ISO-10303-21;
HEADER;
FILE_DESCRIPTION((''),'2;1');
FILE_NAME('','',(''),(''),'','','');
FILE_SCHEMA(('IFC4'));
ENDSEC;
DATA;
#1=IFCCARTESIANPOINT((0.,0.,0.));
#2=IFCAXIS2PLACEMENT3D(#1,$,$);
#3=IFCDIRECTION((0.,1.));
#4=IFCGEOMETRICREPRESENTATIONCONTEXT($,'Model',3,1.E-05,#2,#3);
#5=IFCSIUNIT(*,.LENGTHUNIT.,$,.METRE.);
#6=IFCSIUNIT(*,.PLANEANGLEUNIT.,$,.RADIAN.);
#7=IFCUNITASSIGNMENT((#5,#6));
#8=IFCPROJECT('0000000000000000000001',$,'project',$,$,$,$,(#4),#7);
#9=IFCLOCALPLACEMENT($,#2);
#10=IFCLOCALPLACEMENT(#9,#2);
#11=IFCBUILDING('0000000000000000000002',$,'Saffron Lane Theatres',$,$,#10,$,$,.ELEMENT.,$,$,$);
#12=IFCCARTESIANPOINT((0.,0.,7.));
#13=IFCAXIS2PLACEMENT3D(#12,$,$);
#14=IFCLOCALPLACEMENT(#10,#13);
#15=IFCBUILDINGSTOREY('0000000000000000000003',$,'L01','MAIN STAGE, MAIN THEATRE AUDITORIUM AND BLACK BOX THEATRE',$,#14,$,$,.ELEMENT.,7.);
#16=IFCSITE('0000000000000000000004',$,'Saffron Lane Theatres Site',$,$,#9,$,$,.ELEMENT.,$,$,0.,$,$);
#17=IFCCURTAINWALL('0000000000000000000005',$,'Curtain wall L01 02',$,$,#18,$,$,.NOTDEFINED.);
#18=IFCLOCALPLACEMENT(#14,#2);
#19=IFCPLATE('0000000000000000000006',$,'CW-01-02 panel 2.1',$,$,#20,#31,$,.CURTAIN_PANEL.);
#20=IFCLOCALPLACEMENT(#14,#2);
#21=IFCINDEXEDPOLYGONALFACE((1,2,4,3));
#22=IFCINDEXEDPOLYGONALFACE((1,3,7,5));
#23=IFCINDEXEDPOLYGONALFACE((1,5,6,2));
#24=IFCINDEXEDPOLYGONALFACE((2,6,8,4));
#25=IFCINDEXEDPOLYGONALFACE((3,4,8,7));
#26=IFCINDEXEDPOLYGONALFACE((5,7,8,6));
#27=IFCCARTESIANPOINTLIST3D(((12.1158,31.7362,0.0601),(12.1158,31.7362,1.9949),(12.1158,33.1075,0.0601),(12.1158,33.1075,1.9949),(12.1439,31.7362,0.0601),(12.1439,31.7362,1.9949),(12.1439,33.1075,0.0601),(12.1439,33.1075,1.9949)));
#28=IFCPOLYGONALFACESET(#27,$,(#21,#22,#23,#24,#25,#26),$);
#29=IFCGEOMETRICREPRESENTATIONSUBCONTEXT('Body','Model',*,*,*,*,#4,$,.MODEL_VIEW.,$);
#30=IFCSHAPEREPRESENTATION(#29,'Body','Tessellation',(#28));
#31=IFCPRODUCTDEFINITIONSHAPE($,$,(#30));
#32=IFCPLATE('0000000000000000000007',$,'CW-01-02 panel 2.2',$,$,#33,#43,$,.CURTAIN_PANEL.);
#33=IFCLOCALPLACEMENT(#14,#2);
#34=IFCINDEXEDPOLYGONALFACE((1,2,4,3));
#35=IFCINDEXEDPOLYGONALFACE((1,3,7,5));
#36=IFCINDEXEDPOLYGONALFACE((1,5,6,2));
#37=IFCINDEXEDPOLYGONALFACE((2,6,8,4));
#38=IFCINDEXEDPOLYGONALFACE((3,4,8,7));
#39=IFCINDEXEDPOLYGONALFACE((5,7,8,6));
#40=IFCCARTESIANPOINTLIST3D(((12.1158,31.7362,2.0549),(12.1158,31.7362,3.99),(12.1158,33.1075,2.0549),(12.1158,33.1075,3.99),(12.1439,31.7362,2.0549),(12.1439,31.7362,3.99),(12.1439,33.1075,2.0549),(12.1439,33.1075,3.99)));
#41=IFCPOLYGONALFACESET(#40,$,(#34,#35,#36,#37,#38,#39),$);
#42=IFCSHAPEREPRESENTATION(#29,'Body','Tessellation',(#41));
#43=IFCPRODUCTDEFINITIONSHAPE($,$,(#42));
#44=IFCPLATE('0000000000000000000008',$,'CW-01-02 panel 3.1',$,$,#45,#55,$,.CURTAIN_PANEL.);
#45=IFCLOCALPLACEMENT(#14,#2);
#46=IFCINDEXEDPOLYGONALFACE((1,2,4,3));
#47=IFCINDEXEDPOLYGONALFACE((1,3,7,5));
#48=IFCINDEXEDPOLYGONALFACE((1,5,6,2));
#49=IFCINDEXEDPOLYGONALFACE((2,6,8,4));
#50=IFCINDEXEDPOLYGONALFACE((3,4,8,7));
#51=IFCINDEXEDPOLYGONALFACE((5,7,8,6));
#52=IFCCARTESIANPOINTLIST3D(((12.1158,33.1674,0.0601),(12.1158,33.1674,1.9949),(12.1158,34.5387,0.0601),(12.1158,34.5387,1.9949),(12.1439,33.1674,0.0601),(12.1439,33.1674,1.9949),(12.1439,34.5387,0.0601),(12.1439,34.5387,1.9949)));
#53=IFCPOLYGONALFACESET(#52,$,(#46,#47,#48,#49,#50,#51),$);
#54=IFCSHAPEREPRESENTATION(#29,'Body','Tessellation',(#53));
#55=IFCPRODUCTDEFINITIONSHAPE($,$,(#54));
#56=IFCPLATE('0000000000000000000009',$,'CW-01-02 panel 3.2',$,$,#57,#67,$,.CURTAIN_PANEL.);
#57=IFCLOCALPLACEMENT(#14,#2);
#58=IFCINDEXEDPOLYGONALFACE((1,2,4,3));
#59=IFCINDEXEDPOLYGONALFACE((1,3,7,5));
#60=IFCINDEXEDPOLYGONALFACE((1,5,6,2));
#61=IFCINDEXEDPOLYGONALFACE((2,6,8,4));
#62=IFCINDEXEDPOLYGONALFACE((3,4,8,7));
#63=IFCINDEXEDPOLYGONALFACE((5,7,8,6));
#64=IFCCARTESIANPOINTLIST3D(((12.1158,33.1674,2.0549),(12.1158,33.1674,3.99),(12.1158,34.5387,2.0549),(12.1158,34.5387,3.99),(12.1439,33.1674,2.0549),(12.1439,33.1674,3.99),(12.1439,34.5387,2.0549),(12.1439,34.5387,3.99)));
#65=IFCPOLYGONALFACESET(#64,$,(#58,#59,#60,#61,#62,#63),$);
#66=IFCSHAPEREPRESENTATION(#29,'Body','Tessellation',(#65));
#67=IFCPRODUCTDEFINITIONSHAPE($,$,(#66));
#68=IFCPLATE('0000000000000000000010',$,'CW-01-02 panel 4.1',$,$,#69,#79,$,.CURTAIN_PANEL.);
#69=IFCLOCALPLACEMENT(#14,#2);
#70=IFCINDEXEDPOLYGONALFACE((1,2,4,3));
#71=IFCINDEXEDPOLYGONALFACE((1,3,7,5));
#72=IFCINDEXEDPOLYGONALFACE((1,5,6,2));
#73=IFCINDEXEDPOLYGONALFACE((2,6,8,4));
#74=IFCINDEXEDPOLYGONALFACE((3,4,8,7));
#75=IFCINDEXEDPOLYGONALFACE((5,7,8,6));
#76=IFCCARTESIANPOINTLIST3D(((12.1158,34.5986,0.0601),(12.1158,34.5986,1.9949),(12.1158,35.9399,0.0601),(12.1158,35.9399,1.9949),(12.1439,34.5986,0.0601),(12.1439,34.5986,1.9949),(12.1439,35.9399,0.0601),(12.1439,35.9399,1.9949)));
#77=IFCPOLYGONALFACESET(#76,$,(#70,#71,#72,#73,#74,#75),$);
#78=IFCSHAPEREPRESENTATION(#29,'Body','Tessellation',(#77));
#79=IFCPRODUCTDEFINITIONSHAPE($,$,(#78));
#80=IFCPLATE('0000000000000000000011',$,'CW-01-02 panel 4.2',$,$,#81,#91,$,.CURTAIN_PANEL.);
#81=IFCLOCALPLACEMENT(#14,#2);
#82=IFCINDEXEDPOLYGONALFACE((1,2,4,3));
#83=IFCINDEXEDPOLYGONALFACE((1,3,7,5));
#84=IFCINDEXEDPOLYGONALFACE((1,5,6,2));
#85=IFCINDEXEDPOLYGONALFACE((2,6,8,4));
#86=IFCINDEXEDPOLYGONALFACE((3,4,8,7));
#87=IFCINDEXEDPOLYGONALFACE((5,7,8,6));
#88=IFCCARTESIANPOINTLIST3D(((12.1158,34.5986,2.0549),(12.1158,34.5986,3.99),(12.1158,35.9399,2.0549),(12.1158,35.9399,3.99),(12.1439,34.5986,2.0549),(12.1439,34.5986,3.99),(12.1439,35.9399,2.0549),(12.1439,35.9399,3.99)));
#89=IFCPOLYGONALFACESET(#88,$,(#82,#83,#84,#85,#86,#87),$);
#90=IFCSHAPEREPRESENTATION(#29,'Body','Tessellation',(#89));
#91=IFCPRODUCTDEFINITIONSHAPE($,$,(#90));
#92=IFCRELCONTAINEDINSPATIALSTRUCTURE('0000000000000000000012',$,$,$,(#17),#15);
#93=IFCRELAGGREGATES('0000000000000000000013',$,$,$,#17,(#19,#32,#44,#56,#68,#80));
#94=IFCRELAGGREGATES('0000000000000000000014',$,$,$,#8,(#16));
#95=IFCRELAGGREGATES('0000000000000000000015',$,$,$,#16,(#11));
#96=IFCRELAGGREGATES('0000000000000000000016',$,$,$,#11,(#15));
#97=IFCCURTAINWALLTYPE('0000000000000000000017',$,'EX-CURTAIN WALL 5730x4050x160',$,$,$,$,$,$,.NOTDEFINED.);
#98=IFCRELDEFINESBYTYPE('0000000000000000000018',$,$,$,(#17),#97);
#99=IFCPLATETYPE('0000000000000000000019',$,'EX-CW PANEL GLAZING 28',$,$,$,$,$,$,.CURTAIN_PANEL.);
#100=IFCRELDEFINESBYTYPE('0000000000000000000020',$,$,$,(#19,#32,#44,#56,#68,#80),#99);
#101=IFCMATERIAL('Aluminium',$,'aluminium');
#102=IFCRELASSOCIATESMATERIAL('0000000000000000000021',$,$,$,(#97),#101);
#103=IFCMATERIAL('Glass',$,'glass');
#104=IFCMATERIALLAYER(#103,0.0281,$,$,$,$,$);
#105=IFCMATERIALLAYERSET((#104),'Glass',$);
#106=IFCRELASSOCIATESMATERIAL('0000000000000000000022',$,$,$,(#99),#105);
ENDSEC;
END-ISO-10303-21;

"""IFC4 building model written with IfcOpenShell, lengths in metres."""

from ifc_helpers import new_model, si_unit, direction, frame, origin, origin_2d, place, context, subcontext, project, spatial, rectangle, extrude, material, layer, layer_set, type_object, element, aggregate, save


model = new_model("IFC4")

# Units and contexts
model_context = context("Model", 3, precision=1e-05, world=origin(), true_north=direction((0.0, 1.0)))
body_context = subcontext(model_context, "Body", "Model", "MODEL_VIEW")
ifc_project = project(units=[si_unit("LENGTHUNIT", "METRE"), si_unit("PLANEANGLEUNIT", "RADIAN")], contexts=[model_context])

# Site, building, storey
site_placement = place(None, origin())
site = spatial("IfcSite", under=ifc_project, at=site_placement, Name="Saffron Lane Theatres Site", CompositionType="ELEMENT", RefElevation=0.0)
building_placement = place(site_placement, origin())
building = spatial("IfcBuilding", under=site, at=building_placement, Name="Saffron Lane Theatres", CompositionType="ELEMENT")
storey_placement = place(building_placement, frame((0.0, 0.0, 7.0)))
storey = spatial("IfcBuildingStorey", under=building, at=storey_placement, Name="L01", Description="MAIN STAGE, MAIN THEATRE AUDITORIUM AND BLACK BOX THEATRE", CompositionType="ELEMENT", Elevation=7.0)

# Curtain wall, plates
ifc_material_1 = material(Name="Aluminium", Category="aluminium")
curtain_wall_type = type_object("IfcCurtainWallType", Name="EX-CURTAIN WALL 5730x4050x160", PredefinedType="NOTDEFINED", material=ifc_material_1)
curtain_wall_placement = place(storey_placement, origin())
curtain_wall = element("IfcCurtainWall", 1, at=curtain_wall_placement, inside=storey, type_object=curtain_wall_type, Name="Curtain wall L01 02", PredefinedType="NOTDEFINED")
ifc_material_2 = material(Name="Glass", Category="glass")
ifc_layer = layer(ifc_material_2, 0.0281)
ifc_layer_set = layer_set([ifc_layer], Name="Glass")
plate_type = type_object("IfcPlateType", Name="EX-CW PANEL GLAZING 28", PredefinedType="CURTAIN_PANEL", material=ifc_layer_set)
plate_1_placement = place(storey_placement, frame((12.1299, 32.4219, 0.0601), z_axis=(0.0, 0.0, 1.0), x_axis=(0.0, 1.0, 0.0)))
plate_1 = element("IfcPlate", 2, at=plate_1_placement, type_object=plate_type, Name="CW-01-02 panel 2.1", PredefinedType="CURTAIN_PANEL", context=body_context, shape_type="SweptSolid", body=[
    extrude(rectangle(XDim=1.3713, YDim=0.0281, at=origin_2d()), origin(), (0.0, 0.0, 1.0), 1.9348),
])
plate_2_placement = place(storey_placement, frame((12.1299, 32.4219, 2.0549), z_axis=(0.0, 0.0, 1.0), x_axis=(0.0, 1.0, 0.0)))
plate_2 = element("IfcPlate", 3, at=plate_2_placement, type_object=plate_type, Name="CW-01-02 panel 2.2", PredefinedType="CURTAIN_PANEL", context=body_context, shape_type="SweptSolid", body=[
    extrude(rectangle(XDim=1.3713, YDim=0.0281, at=origin_2d()), origin(), (0.0, 0.0, 1.0), 1.9351),
])
plate_3_placement = place(storey_placement, frame((12.1299, 33.853, 0.0601), z_axis=(0.0, 0.0, 1.0), x_axis=(0.0, 1.0, 0.0)))
plate_3 = element("IfcPlate", 4, at=plate_3_placement, type_object=plate_type, Name="CW-01-02 panel 3.1", PredefinedType="CURTAIN_PANEL", context=body_context, shape_type="SweptSolid", body=[
    extrude(rectangle(XDim=1.3713, YDim=0.0281, at=origin_2d()), origin(), (0.0, 0.0, 1.0), 1.9348),
])
plate_4_placement = place(storey_placement, frame((12.1299, 33.853, 2.0549), z_axis=(0.0, 0.0, 1.0), x_axis=(0.0, 1.0, 0.0)))
plate_4 = element("IfcPlate", 5, at=plate_4_placement, type_object=plate_type, Name="CW-01-02 panel 3.2", PredefinedType="CURTAIN_PANEL", context=body_context, shape_type="SweptSolid", body=[
    extrude(rectangle(XDim=1.3713, YDim=0.0281, at=origin_2d()), origin(), (0.0, 0.0, 1.0), 1.9351),
])
plate_5_placement = place(storey_placement, frame((12.1299, 35.2693, 0.0601), z_axis=(0.0, 0.0, 1.0), x_axis=(0.0, 1.0, 0.0)))
plate_5 = element("IfcPlate", 6, at=plate_5_placement, type_object=plate_type, Name="CW-01-02 panel 4.1", PredefinedType="CURTAIN_PANEL", context=body_context, shape_type="SweptSolid", body=[
    extrude(rectangle(XDim=1.3413, YDim=0.0281, at=origin_2d()), origin(), (0.0, 0.0, 1.0), 1.9348),
])
plate_6_placement = place(storey_placement, frame((12.1299, 35.2693, 2.0549), z_axis=(0.0, 0.0, 1.0), x_axis=(0.0, 1.0, 0.0)))
plate_6 = element("IfcPlate", 7, at=plate_6_placement, type_object=plate_type, Name="CW-01-02 panel 4.2", PredefinedType="CURTAIN_PANEL", context=body_context, shape_type="SweptSolid", body=[
    extrude(rectangle(XDim=1.3413, YDim=0.0281, at=origin_2d()), origin(), (0.0, 0.0, 1.0), 1.9351),
])
aggregate(curtain_wall, [plate_1, plate_2, plate_3, plate_4, plate_5, plate_6])

save(model, "model.ifc")
